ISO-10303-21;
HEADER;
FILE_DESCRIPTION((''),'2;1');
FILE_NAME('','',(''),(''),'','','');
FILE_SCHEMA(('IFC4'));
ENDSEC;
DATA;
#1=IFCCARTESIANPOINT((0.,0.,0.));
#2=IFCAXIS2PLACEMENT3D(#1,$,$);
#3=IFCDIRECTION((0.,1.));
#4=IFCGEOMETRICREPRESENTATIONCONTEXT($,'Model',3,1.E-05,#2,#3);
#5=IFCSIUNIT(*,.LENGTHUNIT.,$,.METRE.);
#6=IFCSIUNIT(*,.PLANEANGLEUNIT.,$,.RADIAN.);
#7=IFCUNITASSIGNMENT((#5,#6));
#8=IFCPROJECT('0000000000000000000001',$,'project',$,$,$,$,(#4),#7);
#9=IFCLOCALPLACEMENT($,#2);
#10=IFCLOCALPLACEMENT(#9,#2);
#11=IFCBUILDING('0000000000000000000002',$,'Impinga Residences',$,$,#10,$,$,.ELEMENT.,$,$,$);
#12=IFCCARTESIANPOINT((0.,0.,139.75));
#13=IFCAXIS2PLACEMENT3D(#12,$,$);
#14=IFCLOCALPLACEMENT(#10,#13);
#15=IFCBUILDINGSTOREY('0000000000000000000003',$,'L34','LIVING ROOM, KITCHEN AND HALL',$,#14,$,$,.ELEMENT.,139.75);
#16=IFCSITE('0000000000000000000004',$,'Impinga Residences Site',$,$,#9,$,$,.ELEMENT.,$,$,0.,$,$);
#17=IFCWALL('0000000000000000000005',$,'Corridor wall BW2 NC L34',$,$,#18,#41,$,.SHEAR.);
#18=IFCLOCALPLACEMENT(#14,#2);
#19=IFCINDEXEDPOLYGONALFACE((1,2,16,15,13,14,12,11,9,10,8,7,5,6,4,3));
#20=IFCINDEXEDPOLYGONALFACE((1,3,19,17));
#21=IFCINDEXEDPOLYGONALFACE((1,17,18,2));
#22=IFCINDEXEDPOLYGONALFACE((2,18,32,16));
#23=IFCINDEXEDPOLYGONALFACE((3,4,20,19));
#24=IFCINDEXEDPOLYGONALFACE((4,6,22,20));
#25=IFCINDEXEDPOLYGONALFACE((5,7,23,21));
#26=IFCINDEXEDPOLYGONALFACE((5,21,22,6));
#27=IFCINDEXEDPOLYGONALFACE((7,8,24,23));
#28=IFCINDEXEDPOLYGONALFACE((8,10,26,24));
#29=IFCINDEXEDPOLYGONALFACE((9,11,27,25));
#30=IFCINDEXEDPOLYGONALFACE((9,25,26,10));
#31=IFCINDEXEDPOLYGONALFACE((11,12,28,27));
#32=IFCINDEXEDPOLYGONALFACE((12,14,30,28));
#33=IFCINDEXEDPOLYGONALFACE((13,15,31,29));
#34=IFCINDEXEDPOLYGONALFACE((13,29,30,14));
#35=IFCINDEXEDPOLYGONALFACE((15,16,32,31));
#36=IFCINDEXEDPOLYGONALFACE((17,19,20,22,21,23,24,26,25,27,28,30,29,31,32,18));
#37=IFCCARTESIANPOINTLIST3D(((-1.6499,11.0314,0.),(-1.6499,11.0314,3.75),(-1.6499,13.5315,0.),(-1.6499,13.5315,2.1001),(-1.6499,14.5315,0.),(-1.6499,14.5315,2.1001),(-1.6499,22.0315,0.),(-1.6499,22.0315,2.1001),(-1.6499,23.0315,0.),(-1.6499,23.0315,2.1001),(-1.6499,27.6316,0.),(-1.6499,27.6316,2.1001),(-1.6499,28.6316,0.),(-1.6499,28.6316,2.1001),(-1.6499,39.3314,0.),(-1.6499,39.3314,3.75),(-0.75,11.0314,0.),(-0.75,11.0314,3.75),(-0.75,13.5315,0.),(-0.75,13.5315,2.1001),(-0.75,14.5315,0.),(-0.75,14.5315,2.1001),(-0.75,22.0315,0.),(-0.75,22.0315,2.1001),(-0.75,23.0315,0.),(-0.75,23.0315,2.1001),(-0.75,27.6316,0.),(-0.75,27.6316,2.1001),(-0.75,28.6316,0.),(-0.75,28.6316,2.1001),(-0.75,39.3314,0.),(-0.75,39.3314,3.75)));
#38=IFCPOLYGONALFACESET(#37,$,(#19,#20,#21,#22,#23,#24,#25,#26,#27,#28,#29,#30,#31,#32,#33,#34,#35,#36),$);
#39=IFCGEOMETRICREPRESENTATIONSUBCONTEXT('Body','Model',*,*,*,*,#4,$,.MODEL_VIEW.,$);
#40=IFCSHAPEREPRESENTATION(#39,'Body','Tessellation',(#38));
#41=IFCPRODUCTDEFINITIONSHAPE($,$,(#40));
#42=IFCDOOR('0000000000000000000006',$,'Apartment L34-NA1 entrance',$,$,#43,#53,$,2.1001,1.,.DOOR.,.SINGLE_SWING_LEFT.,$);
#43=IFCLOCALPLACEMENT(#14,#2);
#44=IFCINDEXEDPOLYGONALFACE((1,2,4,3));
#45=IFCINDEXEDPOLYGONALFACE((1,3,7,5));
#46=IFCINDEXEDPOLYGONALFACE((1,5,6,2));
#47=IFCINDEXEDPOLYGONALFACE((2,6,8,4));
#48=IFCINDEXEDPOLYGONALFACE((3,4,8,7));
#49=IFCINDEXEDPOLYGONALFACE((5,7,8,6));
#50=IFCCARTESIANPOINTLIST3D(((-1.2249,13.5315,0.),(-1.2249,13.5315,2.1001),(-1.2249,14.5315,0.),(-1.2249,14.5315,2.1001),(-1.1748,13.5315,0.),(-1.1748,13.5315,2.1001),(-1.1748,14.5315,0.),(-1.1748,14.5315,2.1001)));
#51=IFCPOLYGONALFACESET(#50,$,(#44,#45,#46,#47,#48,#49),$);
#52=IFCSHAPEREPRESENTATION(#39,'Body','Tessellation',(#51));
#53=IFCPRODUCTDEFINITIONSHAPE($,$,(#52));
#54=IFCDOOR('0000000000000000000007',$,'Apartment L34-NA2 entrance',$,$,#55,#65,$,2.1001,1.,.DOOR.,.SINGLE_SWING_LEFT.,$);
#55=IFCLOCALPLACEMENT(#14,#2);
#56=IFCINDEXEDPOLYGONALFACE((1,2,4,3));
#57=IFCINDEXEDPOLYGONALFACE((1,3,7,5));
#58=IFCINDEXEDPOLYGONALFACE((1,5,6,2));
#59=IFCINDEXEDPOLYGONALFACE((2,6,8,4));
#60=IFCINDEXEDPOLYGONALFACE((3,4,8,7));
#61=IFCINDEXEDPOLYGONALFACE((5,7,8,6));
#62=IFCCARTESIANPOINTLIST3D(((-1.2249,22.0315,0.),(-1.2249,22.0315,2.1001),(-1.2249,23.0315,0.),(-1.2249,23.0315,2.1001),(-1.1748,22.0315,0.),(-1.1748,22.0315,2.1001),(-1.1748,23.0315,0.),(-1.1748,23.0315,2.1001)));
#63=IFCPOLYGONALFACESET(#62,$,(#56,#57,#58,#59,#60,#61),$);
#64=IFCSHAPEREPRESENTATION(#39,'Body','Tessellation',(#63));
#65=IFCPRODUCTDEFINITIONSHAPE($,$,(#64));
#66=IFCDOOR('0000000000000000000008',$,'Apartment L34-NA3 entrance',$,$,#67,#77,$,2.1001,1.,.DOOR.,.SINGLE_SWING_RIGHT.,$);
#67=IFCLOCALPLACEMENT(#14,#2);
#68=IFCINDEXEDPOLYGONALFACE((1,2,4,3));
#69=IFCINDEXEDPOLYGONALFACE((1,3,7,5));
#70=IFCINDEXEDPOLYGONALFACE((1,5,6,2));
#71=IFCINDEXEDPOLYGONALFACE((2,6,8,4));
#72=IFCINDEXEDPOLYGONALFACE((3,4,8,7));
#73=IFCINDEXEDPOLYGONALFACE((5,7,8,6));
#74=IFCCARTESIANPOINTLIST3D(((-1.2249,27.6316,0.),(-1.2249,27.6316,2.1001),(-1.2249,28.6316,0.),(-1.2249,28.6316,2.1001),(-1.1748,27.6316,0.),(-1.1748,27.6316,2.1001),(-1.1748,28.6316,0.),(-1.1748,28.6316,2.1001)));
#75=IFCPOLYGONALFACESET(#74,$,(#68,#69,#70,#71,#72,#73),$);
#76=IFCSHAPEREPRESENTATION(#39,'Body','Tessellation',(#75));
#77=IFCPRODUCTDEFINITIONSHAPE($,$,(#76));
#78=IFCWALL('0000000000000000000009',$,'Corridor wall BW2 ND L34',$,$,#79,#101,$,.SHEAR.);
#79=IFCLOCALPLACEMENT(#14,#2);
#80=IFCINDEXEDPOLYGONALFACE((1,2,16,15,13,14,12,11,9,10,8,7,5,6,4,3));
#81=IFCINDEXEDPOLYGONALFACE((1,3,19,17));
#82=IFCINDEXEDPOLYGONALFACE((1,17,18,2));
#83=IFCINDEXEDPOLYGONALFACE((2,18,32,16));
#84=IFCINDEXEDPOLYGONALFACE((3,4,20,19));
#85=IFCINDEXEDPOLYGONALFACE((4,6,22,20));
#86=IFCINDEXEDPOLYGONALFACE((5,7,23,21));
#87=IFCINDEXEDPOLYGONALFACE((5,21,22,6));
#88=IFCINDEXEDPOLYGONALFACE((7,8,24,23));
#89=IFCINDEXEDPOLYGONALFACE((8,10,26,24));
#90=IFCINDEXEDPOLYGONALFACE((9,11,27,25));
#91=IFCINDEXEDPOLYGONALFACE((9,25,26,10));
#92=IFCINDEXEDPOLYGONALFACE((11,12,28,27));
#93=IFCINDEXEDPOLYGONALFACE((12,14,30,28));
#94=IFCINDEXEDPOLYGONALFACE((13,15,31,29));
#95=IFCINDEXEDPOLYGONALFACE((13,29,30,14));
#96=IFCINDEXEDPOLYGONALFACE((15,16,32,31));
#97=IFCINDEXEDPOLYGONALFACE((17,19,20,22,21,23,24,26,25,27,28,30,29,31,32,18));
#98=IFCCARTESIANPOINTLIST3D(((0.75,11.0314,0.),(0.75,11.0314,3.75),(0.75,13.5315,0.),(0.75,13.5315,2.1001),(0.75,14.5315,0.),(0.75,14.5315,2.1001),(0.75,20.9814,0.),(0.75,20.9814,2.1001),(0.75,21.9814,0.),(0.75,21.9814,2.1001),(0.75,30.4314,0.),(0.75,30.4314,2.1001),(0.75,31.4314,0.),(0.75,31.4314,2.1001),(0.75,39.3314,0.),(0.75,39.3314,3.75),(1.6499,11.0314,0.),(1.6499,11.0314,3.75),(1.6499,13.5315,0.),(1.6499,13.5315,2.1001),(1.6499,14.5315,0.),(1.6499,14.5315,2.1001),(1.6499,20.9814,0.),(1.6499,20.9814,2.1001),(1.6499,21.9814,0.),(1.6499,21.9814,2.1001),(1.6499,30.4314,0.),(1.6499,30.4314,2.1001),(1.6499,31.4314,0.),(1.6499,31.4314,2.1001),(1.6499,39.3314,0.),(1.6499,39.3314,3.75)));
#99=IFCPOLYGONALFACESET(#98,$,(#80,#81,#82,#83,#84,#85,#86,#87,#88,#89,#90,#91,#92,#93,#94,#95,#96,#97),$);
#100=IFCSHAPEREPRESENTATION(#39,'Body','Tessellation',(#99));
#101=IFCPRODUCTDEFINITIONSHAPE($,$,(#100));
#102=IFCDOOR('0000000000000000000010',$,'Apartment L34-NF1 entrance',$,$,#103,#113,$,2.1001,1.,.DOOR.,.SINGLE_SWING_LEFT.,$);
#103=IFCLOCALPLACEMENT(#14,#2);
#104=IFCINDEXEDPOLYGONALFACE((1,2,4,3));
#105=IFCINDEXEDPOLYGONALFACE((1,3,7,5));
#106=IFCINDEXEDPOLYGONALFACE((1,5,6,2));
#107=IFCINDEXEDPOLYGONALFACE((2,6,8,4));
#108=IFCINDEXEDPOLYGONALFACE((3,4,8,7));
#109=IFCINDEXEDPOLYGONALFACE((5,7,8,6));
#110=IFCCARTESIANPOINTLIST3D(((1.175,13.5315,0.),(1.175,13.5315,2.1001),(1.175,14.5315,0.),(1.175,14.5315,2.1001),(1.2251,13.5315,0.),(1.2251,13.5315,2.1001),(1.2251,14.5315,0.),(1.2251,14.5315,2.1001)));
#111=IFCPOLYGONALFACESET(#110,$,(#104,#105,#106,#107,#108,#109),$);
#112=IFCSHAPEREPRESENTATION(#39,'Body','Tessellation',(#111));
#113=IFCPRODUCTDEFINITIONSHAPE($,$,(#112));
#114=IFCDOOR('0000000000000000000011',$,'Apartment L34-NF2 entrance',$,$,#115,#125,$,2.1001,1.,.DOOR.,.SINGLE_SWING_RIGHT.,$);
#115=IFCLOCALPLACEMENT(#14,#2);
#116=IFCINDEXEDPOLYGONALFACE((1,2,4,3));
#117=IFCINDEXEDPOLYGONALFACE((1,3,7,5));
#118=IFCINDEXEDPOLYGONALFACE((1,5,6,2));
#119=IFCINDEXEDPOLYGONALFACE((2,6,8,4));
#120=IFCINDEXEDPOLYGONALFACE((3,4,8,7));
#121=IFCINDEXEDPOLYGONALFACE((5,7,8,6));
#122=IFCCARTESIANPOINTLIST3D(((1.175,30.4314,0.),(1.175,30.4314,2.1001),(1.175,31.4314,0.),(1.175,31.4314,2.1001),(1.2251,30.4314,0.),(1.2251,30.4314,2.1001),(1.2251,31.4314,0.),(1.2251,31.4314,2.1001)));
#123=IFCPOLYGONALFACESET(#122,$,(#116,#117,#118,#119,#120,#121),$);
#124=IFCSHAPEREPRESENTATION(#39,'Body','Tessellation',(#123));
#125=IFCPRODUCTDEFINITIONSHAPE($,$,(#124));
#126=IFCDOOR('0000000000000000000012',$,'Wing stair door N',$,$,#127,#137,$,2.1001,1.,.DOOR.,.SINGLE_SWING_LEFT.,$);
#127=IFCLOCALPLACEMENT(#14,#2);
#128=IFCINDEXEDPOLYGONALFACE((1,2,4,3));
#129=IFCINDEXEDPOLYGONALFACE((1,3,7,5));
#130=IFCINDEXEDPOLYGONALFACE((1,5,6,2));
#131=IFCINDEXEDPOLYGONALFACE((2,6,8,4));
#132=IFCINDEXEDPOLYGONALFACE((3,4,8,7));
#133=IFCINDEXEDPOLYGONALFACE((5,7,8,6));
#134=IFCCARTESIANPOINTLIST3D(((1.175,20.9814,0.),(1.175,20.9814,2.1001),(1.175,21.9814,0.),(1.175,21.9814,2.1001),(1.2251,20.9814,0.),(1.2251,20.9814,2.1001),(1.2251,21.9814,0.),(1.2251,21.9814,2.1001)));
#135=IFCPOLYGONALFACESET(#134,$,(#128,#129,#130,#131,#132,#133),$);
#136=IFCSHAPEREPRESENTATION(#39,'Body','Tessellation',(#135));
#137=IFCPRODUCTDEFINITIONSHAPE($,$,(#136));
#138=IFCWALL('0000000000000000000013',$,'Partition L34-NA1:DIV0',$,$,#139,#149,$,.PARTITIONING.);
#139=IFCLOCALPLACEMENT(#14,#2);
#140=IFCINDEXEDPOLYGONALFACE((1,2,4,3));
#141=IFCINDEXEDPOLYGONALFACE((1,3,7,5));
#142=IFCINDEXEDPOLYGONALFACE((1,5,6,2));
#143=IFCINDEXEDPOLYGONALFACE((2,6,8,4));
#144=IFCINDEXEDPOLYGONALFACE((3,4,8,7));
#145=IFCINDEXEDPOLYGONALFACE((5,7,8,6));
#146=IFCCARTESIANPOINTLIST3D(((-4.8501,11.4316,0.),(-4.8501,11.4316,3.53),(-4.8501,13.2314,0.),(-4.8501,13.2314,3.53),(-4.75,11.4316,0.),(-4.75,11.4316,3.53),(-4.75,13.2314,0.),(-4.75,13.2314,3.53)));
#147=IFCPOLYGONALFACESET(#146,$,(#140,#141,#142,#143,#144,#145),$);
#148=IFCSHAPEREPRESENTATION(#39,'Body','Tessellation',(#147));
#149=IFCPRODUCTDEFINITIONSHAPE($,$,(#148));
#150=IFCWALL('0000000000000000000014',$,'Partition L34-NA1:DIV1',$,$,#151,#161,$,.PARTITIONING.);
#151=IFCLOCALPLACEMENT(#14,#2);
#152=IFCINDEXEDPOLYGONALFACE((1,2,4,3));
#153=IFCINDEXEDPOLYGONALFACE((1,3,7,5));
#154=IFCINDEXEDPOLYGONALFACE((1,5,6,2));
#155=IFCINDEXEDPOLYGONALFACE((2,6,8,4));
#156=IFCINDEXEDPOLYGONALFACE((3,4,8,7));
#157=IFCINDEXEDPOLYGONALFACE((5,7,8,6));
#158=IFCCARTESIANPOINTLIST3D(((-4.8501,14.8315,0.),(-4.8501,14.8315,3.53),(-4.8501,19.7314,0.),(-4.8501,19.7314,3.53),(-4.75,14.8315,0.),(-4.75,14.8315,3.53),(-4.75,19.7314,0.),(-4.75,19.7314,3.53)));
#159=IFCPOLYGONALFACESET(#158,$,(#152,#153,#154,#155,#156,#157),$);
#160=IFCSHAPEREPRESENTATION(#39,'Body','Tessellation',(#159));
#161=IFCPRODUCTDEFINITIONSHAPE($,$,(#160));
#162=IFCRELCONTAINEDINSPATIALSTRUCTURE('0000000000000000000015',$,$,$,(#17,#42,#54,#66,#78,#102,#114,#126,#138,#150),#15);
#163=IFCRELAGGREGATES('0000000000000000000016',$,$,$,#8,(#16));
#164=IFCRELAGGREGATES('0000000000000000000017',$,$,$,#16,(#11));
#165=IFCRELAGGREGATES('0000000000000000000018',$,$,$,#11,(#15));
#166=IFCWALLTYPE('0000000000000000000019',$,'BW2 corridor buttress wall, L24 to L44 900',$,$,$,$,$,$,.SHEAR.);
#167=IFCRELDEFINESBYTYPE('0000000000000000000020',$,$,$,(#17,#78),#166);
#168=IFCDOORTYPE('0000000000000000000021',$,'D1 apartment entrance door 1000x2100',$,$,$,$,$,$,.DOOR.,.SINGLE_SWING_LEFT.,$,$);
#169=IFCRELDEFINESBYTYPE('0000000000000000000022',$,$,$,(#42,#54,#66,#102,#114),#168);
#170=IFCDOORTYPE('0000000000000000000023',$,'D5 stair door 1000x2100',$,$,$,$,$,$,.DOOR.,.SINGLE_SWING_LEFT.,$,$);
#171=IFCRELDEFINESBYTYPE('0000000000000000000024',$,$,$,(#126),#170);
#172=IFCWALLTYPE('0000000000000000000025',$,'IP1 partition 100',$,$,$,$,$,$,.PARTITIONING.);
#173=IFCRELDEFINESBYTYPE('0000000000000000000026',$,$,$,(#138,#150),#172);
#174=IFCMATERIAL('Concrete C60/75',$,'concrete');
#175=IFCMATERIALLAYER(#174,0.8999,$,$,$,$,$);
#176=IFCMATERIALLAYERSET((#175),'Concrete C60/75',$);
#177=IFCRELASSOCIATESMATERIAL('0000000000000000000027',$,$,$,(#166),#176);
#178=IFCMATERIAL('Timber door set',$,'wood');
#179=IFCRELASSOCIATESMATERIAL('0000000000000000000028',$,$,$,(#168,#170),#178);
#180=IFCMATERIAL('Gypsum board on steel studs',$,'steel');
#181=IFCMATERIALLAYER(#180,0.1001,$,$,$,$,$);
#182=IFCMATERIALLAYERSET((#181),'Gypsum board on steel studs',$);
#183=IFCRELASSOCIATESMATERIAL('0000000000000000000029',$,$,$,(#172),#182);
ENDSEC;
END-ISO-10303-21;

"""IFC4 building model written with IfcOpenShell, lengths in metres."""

from ifc_helpers import new_model, si_unit, direction, frame, frame_2d, origin, place, context, subcontext, project, spatial, rectangle, extrude, material, layer, layer_set, type_object, element, fill, save


model = new_model("IFC4")

# Units and contexts
model_context = context("Model", 3, precision=1e-05, world=origin(), true_north=direction((0.0, 1.0)))
body_context = subcontext(model_context, "Body", "Model", "MODEL_VIEW")
ifc_project = project(units=[si_unit("LENGTHUNIT", "METRE"), si_unit("PLANEANGLEUNIT", "RADIAN")], contexts=[model_context])

# Site, building, storey
site_placement = place(None, origin())
site = spatial("IfcSite", under=ifc_project, at=site_placement, Name="Impinga Residences Site", CompositionType="ELEMENT", RefElevation=0.0)
building_placement = place(site_placement, origin())
building = spatial("IfcBuilding", under=site, at=building_placement, Name="Impinga Residences", CompositionType="ELEMENT")
storey_placement = place(building_placement, frame((0.0, 0.0, 139.75)))
storey = spatial("IfcBuildingStorey", under=building, at=storey_placement, Name="L34", Description="LIVING ROOM, KITCHEN AND HALL", CompositionType="ELEMENT", Elevation=139.75)

# Walls, openings, doors
ifc_material_1 = material(Name="Concrete C60/75", Category="concrete")
ifc_layer_1 = layer(ifc_material_1, 0.8999)
ifc_layer_set_1 = layer_set([ifc_layer_1], Name="Concrete C60/75")
wall_type_1 = type_object("IfcWallType", Name="BW2 corridor buttress wall, L24 to L44 900", PredefinedType="SHEAR", material=ifc_layer_set_1)
wall_1_placement = place(storey_placement, frame((-1.2, 11.0315, 0.0), z_axis=(0.0, 0.0, 1.0), x_axis=(0.0, 1.0, 0.0)))
wall_1 = element("IfcWall", 1, at=wall_1_placement, inside=storey, type_object=wall_type_1, Name="Corridor wall BW2 NC L34", PredefinedType="SHEAR", context=body_context, shape_type="SweptSolid", body=[
    extrude(rectangle(XDim=28.3, YDim=0.8999, at=frame_2d((14.1499, 0.0))), origin(), (0.0, 0.0, 1.0), 3.75),
])
opening_1_placement = place(wall_1_placement, frame((2.5, 0.0, 0.0)))
opening_1 = element("IfcOpeningElement", 2, at=opening_1_placement, cuts=wall_1, PredefinedType="OPENING", context=body_context, shape_type="SweptSolid", body=[
    extrude(rectangle(XDim=1.0, YDim=2.1001, at=frame_2d((0.5, 1.05))), frame((0.0, 0.46, 0.0), z_axis=(0.0, -1.0, 0.0), x_axis=(1.0, 0.0, 0.0)), (0.0, 0.0, 1.0), 0.9199),
])
opening_2_placement = place(wall_1_placement, frame((11.0, 0.0, 0.0)))
opening_2 = element("IfcOpeningElement", 3, at=opening_2_placement, cuts=wall_1, PredefinedType="OPENING", context=body_context, shape_type="SweptSolid", body=[
    extrude(rectangle(XDim=1.0, YDim=2.1001, at=frame_2d((0.5, 1.05))), frame((0.0, 0.46, 0.0), z_axis=(0.0, -1.0, 0.0), x_axis=(1.0, 0.0, 0.0)), (0.0, 0.0, 1.0), 0.9199),
])
opening_3_placement = place(wall_1_placement, frame((16.6001, 0.0, 0.0)))
opening_3 = element("IfcOpeningElement", 4, at=opening_3_placement, cuts=wall_1, PredefinedType="OPENING", context=body_context, shape_type="SweptSolid", body=[
    extrude(rectangle(XDim=1.0, YDim=2.1001, at=frame_2d((0.5, 1.05))), frame((0.0, 0.46, 0.0), z_axis=(0.0, -1.0, 0.0), x_axis=(1.0, 0.0, 0.0)), (0.0, 0.0, 1.0), 0.9199),
])
ifc_material_2 = material(Name="Timber door set", Category="wood")
door_type_1 = type_object("IfcDoorType", Name="D1 apartment entrance door 1000x2100", OperationType="SINGLE_SWING_LEFT", PredefinedType="DOOR", material=ifc_material_2)
door_1_placement = place(opening_1_placement, origin())
door_1 = element("IfcDoor", 5, at=door_1_placement, inside=storey, type_object=door_type_1, Name="Apartment L34-NA1 entrance", OperationType="SINGLE_SWING_LEFT", OverallHeight=2.1001, OverallWidth=1.0, PredefinedType="DOOR", context=body_context, shape_type="SweptSolid", body=[
    extrude(rectangle(XDim=1.0, YDim=2.1001, at=frame_2d((0.5, 1.05))), frame((0.0, 0.0249, 0.0), z_axis=(0.0, -1.0, 0.0), x_axis=(1.0, 0.0, 0.0)), (0.0, 0.0, 1.0), 0.05),
])
fill(opening_1, door_1)
door_2_placement = place(opening_2_placement, origin())
door_2 = element("IfcDoor", 6, at=door_2_placement, inside=storey, type_object=door_type_1, Name="Apartment L34-NA2 entrance", OperationType="SINGLE_SWING_LEFT", OverallHeight=2.1001, OverallWidth=1.0, PredefinedType="DOOR", context=body_context, shape_type="SweptSolid", body=[
    extrude(rectangle(XDim=1.0, YDim=2.1001, at=frame_2d((0.5, 1.05))), frame((0.0, 0.0249, 0.0), z_axis=(0.0, -1.0, 0.0), x_axis=(1.0, 0.0, 0.0)), (0.0, 0.0, 1.0), 0.05),
])
fill(opening_2, door_2)
door_3_placement = place(opening_3_placement, origin())
door_3 = element("IfcDoor", 7, at=door_3_placement, inside=storey, type_object=door_type_1, Name="Apartment L34-NA3 entrance", OperationType="SINGLE_SWING_RIGHT", OverallHeight=2.1001, OverallWidth=1.0, PredefinedType="DOOR", context=body_context, shape_type="SweptSolid", body=[
    extrude(rectangle(XDim=1.0, YDim=2.1001, at=frame_2d((0.5, 1.05))), frame((0.0, 0.0249, 0.0), z_axis=(0.0, -1.0, 0.0), x_axis=(1.0, 0.0, 0.0)), (0.0, 0.0, 1.0), 0.05),
])
fill(opening_3, door_3)
wall_2_placement = place(storey_placement, frame((1.2, 11.0315, 0.0), z_axis=(0.0, 0.0, 1.0), x_axis=(0.0, 1.0, 0.0)))
wall_2 = element("IfcWall", 8, at=wall_2_placement, inside=storey, type_object=wall_type_1, Name="Corridor wall BW2 ND L34", PredefinedType="SHEAR", context=body_context, shape_type="SweptSolid", body=[
    extrude(rectangle(XDim=28.3, YDim=0.8999, at=frame_2d((14.1499, 0.0))), origin(), (0.0, 0.0, 1.0), 3.75),
])
opening_4_placement = place(wall_2_placement, frame((9.95, 0.0, 0.0)))
opening_4 = element("IfcOpeningElement", 9, at=opening_4_placement, cuts=wall_2, PredefinedType="OPENING", context=body_context, shape_type="SweptSolid", body=[
    extrude(rectangle(XDim=1.0, YDim=2.1001, at=frame_2d((0.5, 1.05))), frame((0.0, 0.46, 0.0), z_axis=(0.0, -1.0, 0.0), x_axis=(1.0, 0.0, 0.0)), (0.0, 0.0, 1.0), 0.9199),
])
opening_5_placement = place(wall_2_placement, frame((2.5, 0.0, 0.0)))
opening_5 = element("IfcOpeningElement", 10, at=opening_5_placement, cuts=wall_2, PredefinedType="OPENING", context=body_context, shape_type="SweptSolid", body=[
    extrude(rectangle(XDim=1.0, YDim=2.1001, at=frame_2d((0.5, 1.05))), frame((0.0, 0.46, 0.0), z_axis=(0.0, -1.0, 0.0), x_axis=(1.0, 0.0, 0.0)), (0.0, 0.0, 1.0), 0.9199),
])
opening_6_placement = place(wall_2_placement, frame((19.3999, 0.0, 0.0)))
opening_6 = element("IfcOpeningElement", 11, at=opening_6_placement, cuts=wall_2, PredefinedType="OPENING", context=body_context, shape_type="SweptSolid", body=[
    extrude(rectangle(XDim=1.0, YDim=2.1001, at=frame_2d((0.5, 1.05))), frame((0.0, 0.46, 0.0), z_axis=(0.0, -1.0, 0.0), x_axis=(1.0, 0.0, 0.0)), (0.0, 0.0, 1.0), 0.9199),
])
door_4_placement = place(opening_5_placement, origin())
door_4 = element("IfcDoor", 12, at=door_4_placement, inside=storey, type_object=door_type_1, Name="Apartment L34-NF1 entrance", OperationType="SINGLE_SWING_LEFT", OverallHeight=2.1001, OverallWidth=1.0, PredefinedType="DOOR", context=body_context, shape_type="SweptSolid", body=[
    extrude(rectangle(XDim=1.0, YDim=2.1001, at=frame_2d((0.5, 1.05))), frame((0.0, 0.0249, 0.0), z_axis=(0.0, -1.0, 0.0), x_axis=(1.0, 0.0, 0.0)), (0.0, 0.0, 1.0), 0.05),
])
fill(opening_5, door_4)
door_5_placement = place(opening_6_placement, origin())
door_5 = element("IfcDoor", 13, at=door_5_placement, inside=storey, type_object=door_type_1, Name="Apartment L34-NF2 entrance", OperationType="SINGLE_SWING_RIGHT", OverallHeight=2.1001, OverallWidth=1.0, PredefinedType="DOOR", context=body_context, shape_type="SweptSolid", body=[
    extrude(rectangle(XDim=1.0, YDim=2.1001, at=frame_2d((0.5, 1.05))), frame((0.0, 0.0249, 0.0), z_axis=(0.0, -1.0, 0.0), x_axis=(1.0, 0.0, 0.0)), (0.0, 0.0, 1.0), 0.05),
])
fill(opening_6, door_5)
door_type_2 = type_object("IfcDoorType", Name="D5 stair door 1000x2100", OperationType="SINGLE_SWING_LEFT", PredefinedType="DOOR", material=ifc_material_2)
door_6_placement = place(opening_4_placement, origin())
door_6 = element("IfcDoor", 14, at=door_6_placement, inside=storey, type_object=door_type_2, Name="Wing stair door N", OperationType="SINGLE_SWING_LEFT", OverallHeight=2.1001, OverallWidth=1.0, PredefinedType="DOOR", context=body_context, shape_type="SweptSolid", body=[
    extrude(rectangle(XDim=1.0, YDim=2.1001, at=frame_2d((0.5, 1.05))), frame((0.0, 0.0249, 0.0), z_axis=(0.0, -1.0, 0.0), x_axis=(1.0, 0.0, 0.0)), (0.0, 0.0, 1.0), 0.05),
])
fill(opening_4, door_6)

# Walls
ifc_material_3 = material(Name="Gypsum board on steel studs", Category="steel")
ifc_layer_2 = layer(ifc_material_3, 0.1001)
ifc_layer_set_2 = layer_set([ifc_layer_2], Name="Gypsum board on steel studs")
wall_type_2 = type_object("IfcWallType", Name="IP1 partition 100", PredefinedType="PARTITIONING", material=ifc_layer_set_2)
wall_3_placement = place(storey_placement, frame((-4.8, 11.4316, 0.0), z_axis=(0.0, 0.0, 1.0), x_axis=(0.0, 1.0, 0.0)))
element("IfcWall", 15, at=wall_3_placement, inside=storey, type_object=wall_type_2, Name="Partition L34-NA1:DIV0", PredefinedType="PARTITIONING", context=body_context, shape_type="SweptSolid", body=[
    extrude(rectangle(XDim=1.7998, YDim=0.1001, at=frame_2d((0.8999, 0.0))), origin(), (0.0, 0.0, 1.0), 3.53),
])
wall_4_placement = place(storey_placement, frame((-4.8, 14.8315, 0.0), z_axis=(0.0, 0.0, 1.0), x_axis=(0.0, 1.0, 0.0)))
element("IfcWall", 16, at=wall_4_placement, inside=storey, type_object=wall_type_2, Name="Partition L34-NA1:DIV1", PredefinedType="PARTITIONING", context=body_context, shape_type="SweptSolid", body=[
    extrude(rectangle(XDim=4.8999, YDim=0.1001, at=frame_2d((2.45, 0.0))), origin(), (0.0, 0.0, 1.0), 3.53),
])

save(model, "model.ifc")
